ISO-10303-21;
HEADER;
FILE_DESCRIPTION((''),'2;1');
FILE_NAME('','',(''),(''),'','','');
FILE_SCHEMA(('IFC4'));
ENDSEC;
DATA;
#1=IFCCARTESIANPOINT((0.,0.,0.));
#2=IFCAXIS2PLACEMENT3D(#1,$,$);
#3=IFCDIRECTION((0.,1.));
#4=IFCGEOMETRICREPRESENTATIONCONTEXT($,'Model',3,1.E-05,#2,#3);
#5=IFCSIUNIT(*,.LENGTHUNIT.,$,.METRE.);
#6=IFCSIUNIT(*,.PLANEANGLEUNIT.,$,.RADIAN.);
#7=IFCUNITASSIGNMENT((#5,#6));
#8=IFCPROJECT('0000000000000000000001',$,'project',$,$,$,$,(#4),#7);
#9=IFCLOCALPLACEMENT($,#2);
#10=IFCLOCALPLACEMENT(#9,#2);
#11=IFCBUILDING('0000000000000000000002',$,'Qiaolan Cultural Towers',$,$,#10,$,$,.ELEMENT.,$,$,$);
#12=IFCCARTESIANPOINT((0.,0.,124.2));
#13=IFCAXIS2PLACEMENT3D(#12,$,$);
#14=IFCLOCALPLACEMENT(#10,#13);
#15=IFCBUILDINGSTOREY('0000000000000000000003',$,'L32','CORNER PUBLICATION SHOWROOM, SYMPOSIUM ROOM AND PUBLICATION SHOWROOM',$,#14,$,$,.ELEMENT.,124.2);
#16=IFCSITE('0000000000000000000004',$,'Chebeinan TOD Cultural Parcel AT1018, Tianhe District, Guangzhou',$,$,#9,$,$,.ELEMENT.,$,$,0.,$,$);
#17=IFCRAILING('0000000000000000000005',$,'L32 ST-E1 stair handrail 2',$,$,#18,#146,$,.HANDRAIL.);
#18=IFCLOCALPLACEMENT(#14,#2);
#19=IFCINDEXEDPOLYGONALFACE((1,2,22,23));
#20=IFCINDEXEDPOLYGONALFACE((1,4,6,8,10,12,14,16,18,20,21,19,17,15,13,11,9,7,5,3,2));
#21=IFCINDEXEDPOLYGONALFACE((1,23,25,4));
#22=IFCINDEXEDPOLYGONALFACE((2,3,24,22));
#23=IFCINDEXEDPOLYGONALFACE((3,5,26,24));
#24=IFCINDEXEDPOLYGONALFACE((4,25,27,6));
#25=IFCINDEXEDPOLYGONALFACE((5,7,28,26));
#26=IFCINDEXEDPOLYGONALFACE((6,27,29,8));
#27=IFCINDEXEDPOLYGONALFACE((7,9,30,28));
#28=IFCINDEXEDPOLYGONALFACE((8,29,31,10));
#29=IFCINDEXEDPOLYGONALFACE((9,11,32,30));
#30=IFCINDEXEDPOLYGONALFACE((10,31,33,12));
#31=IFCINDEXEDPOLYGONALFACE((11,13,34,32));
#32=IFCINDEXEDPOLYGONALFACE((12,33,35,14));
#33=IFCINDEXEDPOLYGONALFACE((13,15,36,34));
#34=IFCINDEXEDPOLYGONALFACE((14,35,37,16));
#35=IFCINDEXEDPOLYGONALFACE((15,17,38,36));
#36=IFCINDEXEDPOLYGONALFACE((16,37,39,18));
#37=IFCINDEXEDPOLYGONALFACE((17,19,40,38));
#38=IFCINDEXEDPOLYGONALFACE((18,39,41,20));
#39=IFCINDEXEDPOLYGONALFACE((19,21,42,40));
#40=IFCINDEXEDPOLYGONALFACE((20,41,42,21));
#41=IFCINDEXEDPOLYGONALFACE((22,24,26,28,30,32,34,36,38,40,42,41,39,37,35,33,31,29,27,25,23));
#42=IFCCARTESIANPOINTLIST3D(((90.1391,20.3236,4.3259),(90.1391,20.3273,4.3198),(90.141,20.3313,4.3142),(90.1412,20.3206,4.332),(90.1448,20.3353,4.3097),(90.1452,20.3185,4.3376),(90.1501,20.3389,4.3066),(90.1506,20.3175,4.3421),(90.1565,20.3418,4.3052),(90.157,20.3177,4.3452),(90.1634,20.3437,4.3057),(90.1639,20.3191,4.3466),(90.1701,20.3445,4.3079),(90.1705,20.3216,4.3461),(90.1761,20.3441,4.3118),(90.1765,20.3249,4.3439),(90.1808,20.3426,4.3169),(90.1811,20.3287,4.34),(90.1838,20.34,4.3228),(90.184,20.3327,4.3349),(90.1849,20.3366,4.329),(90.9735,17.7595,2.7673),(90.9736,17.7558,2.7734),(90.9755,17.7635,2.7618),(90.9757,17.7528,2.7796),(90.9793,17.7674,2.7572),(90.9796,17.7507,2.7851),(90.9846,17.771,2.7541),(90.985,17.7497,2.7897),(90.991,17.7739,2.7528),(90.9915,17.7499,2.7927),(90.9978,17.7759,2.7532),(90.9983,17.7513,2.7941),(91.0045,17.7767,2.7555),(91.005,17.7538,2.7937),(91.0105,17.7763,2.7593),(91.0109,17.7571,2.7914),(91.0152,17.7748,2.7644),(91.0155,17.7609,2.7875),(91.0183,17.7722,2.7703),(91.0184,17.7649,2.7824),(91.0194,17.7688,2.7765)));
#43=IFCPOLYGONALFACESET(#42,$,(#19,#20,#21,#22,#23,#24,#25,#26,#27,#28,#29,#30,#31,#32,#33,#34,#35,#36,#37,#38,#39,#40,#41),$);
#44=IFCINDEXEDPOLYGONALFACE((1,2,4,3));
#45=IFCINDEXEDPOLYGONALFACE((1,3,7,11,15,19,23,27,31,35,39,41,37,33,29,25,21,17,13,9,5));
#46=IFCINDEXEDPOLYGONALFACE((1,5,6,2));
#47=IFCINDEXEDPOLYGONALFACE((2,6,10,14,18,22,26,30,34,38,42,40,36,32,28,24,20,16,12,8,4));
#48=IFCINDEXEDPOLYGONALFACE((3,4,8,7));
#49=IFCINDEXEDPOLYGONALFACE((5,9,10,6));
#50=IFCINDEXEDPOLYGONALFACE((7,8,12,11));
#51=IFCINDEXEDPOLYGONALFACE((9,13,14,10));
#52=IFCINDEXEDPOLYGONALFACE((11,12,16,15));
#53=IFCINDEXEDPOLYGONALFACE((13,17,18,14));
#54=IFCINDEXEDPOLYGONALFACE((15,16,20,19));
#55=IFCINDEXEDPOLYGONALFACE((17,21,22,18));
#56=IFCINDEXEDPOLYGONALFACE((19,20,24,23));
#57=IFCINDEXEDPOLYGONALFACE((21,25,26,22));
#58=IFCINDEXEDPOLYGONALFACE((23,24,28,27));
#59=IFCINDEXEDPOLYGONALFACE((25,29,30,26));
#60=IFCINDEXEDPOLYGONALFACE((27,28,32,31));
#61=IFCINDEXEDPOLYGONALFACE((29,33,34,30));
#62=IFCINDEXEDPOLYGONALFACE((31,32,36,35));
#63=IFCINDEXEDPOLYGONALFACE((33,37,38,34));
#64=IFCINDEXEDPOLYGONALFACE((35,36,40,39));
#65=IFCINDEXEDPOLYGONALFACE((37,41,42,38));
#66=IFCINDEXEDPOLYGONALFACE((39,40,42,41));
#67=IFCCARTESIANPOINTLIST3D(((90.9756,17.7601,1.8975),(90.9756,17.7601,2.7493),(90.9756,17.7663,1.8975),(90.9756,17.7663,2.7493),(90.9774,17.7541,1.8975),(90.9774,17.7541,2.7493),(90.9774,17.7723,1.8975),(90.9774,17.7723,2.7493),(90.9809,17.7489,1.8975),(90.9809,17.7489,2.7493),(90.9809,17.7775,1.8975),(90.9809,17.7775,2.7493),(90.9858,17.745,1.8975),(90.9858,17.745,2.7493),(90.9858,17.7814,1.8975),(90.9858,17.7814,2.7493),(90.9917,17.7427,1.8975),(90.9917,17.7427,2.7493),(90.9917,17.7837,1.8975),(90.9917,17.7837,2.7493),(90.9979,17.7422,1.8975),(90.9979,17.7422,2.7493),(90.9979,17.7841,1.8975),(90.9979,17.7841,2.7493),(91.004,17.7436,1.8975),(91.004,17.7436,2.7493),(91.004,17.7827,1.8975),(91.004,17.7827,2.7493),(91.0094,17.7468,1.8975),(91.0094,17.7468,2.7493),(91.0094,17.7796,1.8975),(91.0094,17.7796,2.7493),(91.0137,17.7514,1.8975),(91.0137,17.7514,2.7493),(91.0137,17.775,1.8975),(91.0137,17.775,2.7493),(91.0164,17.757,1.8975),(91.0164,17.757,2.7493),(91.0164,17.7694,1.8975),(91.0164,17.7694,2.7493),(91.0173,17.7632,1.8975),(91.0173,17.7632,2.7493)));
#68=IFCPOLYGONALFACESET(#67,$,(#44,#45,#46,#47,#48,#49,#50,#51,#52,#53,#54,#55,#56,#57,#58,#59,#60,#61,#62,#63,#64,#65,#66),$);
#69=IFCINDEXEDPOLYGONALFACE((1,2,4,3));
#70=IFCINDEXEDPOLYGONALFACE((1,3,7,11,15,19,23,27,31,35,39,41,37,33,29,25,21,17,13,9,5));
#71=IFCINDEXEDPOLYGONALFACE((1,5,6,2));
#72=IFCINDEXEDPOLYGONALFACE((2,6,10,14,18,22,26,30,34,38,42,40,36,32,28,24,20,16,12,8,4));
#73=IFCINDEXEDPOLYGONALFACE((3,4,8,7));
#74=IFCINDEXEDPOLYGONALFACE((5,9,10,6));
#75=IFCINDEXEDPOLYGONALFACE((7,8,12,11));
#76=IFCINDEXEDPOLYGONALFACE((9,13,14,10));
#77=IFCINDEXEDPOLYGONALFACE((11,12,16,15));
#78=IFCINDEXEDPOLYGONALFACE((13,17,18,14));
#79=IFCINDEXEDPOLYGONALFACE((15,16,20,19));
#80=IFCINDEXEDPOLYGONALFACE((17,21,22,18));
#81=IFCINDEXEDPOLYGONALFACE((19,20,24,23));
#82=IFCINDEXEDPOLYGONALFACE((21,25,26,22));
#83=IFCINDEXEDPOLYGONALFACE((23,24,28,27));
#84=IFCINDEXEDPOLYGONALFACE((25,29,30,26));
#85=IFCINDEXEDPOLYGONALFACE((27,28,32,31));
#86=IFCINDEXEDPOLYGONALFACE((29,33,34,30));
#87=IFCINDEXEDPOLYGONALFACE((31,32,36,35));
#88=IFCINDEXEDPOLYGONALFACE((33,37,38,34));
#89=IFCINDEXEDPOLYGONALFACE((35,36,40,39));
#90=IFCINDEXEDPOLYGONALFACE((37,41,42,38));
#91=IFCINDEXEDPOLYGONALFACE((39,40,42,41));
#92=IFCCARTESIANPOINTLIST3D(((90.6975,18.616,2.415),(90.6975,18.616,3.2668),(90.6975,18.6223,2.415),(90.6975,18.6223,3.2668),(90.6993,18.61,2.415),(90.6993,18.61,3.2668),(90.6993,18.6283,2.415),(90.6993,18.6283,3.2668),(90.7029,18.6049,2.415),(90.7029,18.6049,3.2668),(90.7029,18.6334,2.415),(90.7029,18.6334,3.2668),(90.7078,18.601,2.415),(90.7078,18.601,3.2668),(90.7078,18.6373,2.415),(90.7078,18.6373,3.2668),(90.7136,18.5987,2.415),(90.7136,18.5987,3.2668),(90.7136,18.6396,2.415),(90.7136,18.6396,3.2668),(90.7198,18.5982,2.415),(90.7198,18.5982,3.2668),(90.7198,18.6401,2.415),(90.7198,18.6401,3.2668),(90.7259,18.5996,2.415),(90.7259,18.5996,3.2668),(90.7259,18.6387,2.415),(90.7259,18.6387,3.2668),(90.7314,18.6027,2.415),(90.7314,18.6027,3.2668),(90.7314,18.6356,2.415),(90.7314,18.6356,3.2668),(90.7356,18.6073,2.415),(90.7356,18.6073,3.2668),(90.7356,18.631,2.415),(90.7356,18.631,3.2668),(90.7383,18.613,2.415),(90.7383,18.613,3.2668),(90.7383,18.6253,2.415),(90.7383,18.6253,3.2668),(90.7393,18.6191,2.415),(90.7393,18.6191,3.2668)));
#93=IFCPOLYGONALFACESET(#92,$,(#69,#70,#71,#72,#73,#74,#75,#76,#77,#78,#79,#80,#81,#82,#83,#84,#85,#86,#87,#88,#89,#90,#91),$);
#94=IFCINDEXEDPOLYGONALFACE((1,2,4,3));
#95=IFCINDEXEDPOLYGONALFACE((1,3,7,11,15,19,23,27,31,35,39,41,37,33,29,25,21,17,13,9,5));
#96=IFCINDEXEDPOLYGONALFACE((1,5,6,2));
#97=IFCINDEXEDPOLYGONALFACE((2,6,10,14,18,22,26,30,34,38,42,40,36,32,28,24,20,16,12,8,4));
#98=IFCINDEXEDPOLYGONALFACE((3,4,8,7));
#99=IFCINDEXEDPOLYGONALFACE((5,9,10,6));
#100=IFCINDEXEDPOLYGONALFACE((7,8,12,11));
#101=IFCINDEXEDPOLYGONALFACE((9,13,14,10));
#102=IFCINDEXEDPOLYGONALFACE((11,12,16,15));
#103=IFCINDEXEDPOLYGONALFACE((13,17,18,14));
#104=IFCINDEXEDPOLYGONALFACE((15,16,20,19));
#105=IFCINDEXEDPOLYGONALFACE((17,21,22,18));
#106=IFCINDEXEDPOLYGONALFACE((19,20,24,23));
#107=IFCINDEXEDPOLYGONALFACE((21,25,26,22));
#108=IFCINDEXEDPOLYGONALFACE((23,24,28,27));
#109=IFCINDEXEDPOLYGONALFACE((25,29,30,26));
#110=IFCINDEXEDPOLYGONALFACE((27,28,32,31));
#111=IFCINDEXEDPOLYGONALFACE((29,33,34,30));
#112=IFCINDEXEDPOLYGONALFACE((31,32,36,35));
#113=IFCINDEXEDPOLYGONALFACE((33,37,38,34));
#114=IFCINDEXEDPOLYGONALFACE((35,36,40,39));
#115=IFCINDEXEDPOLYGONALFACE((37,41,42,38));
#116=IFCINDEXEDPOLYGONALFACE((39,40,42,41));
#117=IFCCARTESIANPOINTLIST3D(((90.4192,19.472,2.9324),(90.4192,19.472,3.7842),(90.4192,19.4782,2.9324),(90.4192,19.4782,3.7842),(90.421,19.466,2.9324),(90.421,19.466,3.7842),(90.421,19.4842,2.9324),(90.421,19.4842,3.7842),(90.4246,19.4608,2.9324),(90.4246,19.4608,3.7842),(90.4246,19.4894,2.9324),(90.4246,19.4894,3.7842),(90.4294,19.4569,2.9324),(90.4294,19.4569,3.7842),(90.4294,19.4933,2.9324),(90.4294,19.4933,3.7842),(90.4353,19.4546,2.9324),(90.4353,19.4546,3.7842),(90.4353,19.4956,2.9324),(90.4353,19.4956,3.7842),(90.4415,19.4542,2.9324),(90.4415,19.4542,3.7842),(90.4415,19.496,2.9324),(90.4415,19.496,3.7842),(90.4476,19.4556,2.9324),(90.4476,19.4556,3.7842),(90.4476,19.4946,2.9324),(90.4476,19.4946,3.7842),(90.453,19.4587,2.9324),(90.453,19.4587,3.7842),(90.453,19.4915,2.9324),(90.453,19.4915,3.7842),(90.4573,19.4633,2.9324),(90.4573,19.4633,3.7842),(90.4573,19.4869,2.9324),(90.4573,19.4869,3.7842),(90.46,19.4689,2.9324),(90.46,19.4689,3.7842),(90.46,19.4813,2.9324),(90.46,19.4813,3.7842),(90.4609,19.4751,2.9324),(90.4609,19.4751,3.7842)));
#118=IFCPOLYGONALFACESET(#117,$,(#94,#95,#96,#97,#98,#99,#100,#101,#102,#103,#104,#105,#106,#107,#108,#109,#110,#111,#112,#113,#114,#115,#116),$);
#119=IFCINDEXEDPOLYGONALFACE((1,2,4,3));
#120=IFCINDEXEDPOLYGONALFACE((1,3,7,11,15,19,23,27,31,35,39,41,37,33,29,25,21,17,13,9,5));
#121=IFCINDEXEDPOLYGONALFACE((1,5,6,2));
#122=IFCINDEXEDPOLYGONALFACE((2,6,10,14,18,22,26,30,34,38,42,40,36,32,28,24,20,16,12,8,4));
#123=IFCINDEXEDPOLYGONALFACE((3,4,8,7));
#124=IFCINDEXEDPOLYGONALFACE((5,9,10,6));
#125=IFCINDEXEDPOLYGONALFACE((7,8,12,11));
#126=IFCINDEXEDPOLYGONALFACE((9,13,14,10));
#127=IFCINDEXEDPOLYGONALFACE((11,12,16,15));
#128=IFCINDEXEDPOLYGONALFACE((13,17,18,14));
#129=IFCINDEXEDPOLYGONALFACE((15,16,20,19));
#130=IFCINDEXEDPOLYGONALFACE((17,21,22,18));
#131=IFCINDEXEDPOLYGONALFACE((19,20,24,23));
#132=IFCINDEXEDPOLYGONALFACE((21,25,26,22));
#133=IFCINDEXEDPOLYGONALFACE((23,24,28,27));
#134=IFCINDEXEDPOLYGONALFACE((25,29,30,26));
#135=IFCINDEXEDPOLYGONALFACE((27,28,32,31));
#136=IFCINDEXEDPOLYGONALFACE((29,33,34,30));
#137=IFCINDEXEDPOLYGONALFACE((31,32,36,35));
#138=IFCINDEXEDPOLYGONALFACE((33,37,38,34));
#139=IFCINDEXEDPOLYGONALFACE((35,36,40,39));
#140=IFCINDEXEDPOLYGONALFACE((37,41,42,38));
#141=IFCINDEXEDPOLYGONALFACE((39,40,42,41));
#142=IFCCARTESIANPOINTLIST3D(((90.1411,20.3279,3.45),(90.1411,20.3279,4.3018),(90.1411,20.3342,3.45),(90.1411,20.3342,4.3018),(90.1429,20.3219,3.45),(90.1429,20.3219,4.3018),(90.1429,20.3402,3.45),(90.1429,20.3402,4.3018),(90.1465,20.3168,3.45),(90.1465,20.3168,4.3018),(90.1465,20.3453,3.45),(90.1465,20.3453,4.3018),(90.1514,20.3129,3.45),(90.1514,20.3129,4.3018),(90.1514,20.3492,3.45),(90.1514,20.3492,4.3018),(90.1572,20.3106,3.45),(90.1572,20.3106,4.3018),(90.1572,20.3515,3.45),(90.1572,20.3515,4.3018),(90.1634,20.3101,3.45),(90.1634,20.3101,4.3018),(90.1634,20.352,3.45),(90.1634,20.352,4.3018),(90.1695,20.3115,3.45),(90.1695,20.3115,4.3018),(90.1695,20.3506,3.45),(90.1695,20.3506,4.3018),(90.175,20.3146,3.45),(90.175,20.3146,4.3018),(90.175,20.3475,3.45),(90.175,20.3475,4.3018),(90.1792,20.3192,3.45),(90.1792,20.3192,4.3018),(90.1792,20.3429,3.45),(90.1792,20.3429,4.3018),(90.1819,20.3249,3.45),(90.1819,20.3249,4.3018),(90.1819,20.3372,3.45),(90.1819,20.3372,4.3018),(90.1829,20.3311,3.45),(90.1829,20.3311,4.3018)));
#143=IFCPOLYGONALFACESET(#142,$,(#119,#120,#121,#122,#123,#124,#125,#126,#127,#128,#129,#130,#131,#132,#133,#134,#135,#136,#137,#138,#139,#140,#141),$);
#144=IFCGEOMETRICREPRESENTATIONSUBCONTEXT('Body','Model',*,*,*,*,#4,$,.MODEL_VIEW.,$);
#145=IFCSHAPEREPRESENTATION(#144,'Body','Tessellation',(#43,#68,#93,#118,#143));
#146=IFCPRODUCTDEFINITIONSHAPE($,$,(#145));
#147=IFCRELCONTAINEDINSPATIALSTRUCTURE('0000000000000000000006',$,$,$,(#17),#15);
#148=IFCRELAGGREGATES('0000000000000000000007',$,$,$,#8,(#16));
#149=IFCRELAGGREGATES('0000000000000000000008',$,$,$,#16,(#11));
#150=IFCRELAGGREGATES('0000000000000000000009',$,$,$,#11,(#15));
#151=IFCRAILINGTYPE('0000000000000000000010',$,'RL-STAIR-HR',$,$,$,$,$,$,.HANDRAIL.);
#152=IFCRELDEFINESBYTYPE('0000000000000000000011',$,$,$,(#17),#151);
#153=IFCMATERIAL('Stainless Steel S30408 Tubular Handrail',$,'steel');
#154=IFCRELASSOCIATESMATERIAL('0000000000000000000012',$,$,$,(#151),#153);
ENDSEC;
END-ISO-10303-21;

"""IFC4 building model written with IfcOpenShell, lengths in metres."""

from ifc_helpers import new_model, si_unit, direction, frame, origin, origin_2d, place, context, subcontext, project, spatial, circle, extrude, material, type_object, element, save


model = new_model("IFC4")

# Units and contexts
model_context = context("Model", 3, precision=1e-05, world=origin(), true_north=direction((0.0, 1.0)))
body_context = subcontext(model_context, "Body", "Model", "MODEL_VIEW")
ifc_project = project(units=[si_unit("LENGTHUNIT", "METRE"), si_unit("PLANEANGLEUNIT", "RADIAN")], contexts=[model_context])

# Site, building, storey
site_placement = place(None, origin())
site = spatial("IfcSite", under=ifc_project, at=site_placement, Name="Chebeinan TOD Cultural Parcel AT1018, Tianhe District, Guangzhou", CompositionType="ELEMENT", RefElevation=0.0)
building_placement = place(site_placement, origin())
building = spatial("IfcBuilding", under=site, at=building_placement, Name="Qiaolan Cultural Towers", CompositionType="ELEMENT")
storey_placement = place(building_placement, frame((0.0, 0.0, 124.2)))
storey = spatial("IfcBuildingStorey", under=building, at=storey_placement, Name="L32", Description="CORNER PUBLICATION SHOWROOM, SYMPOSIUM ROOM AND PUBLICATION SHOWROOM", CompositionType="ELEMENT", Elevation=124.2)

# Railing
ifc_material_1 = material(Name="Stainless Steel S30408 Tubular Handrail", Category="steel")
railing_type = type_object("IfcRailingType", Name="RL-STAIR-HR", PredefinedType="HANDRAIL", material=ifc_material_1)
railing_placement = place(storey_placement, frame((90.9963, 17.7632, 1.8975)))
element("IfcRailing", 1, at=railing_placement, inside=storey, type_object=railing_type, Name="L32 ST-E1 stair handrail 2", PredefinedType="HANDRAIL", context=body_context, shape_type="SweptSolid", body=[
    extrude(circle(Radius=0.0239, at=origin_2d()), frame((0.0, 0.0, 0.876), z_axis=(-0.267926, 0.824471, 0.498461), x_axis=(-0.951043, -0.309057, 0.0)), (0.0, 0.0, 1.0), 3.1145),
    extrude(circle(Radius=0.021, at=origin_2d()), origin(), (0.0, 0.0, 1.0), 0.8518),
    extrude(circle(Radius=0.021, at=origin_2d()), frame((-0.2781, 0.856, 0.5176)), (0.0, 0.0, 1.0), 0.8518),
    extrude(circle(Radius=0.021, at=origin_2d()), frame((-0.5564, 1.7119, 1.0349)), (0.0, 0.0, 1.0), 0.8518),
    extrude(circle(Radius=0.021, at=origin_2d()), frame((-0.8345, 2.5679, 1.5525)), (0.0, 0.0, 1.0), 0.8518),
])

save(model, "model.ifc")
